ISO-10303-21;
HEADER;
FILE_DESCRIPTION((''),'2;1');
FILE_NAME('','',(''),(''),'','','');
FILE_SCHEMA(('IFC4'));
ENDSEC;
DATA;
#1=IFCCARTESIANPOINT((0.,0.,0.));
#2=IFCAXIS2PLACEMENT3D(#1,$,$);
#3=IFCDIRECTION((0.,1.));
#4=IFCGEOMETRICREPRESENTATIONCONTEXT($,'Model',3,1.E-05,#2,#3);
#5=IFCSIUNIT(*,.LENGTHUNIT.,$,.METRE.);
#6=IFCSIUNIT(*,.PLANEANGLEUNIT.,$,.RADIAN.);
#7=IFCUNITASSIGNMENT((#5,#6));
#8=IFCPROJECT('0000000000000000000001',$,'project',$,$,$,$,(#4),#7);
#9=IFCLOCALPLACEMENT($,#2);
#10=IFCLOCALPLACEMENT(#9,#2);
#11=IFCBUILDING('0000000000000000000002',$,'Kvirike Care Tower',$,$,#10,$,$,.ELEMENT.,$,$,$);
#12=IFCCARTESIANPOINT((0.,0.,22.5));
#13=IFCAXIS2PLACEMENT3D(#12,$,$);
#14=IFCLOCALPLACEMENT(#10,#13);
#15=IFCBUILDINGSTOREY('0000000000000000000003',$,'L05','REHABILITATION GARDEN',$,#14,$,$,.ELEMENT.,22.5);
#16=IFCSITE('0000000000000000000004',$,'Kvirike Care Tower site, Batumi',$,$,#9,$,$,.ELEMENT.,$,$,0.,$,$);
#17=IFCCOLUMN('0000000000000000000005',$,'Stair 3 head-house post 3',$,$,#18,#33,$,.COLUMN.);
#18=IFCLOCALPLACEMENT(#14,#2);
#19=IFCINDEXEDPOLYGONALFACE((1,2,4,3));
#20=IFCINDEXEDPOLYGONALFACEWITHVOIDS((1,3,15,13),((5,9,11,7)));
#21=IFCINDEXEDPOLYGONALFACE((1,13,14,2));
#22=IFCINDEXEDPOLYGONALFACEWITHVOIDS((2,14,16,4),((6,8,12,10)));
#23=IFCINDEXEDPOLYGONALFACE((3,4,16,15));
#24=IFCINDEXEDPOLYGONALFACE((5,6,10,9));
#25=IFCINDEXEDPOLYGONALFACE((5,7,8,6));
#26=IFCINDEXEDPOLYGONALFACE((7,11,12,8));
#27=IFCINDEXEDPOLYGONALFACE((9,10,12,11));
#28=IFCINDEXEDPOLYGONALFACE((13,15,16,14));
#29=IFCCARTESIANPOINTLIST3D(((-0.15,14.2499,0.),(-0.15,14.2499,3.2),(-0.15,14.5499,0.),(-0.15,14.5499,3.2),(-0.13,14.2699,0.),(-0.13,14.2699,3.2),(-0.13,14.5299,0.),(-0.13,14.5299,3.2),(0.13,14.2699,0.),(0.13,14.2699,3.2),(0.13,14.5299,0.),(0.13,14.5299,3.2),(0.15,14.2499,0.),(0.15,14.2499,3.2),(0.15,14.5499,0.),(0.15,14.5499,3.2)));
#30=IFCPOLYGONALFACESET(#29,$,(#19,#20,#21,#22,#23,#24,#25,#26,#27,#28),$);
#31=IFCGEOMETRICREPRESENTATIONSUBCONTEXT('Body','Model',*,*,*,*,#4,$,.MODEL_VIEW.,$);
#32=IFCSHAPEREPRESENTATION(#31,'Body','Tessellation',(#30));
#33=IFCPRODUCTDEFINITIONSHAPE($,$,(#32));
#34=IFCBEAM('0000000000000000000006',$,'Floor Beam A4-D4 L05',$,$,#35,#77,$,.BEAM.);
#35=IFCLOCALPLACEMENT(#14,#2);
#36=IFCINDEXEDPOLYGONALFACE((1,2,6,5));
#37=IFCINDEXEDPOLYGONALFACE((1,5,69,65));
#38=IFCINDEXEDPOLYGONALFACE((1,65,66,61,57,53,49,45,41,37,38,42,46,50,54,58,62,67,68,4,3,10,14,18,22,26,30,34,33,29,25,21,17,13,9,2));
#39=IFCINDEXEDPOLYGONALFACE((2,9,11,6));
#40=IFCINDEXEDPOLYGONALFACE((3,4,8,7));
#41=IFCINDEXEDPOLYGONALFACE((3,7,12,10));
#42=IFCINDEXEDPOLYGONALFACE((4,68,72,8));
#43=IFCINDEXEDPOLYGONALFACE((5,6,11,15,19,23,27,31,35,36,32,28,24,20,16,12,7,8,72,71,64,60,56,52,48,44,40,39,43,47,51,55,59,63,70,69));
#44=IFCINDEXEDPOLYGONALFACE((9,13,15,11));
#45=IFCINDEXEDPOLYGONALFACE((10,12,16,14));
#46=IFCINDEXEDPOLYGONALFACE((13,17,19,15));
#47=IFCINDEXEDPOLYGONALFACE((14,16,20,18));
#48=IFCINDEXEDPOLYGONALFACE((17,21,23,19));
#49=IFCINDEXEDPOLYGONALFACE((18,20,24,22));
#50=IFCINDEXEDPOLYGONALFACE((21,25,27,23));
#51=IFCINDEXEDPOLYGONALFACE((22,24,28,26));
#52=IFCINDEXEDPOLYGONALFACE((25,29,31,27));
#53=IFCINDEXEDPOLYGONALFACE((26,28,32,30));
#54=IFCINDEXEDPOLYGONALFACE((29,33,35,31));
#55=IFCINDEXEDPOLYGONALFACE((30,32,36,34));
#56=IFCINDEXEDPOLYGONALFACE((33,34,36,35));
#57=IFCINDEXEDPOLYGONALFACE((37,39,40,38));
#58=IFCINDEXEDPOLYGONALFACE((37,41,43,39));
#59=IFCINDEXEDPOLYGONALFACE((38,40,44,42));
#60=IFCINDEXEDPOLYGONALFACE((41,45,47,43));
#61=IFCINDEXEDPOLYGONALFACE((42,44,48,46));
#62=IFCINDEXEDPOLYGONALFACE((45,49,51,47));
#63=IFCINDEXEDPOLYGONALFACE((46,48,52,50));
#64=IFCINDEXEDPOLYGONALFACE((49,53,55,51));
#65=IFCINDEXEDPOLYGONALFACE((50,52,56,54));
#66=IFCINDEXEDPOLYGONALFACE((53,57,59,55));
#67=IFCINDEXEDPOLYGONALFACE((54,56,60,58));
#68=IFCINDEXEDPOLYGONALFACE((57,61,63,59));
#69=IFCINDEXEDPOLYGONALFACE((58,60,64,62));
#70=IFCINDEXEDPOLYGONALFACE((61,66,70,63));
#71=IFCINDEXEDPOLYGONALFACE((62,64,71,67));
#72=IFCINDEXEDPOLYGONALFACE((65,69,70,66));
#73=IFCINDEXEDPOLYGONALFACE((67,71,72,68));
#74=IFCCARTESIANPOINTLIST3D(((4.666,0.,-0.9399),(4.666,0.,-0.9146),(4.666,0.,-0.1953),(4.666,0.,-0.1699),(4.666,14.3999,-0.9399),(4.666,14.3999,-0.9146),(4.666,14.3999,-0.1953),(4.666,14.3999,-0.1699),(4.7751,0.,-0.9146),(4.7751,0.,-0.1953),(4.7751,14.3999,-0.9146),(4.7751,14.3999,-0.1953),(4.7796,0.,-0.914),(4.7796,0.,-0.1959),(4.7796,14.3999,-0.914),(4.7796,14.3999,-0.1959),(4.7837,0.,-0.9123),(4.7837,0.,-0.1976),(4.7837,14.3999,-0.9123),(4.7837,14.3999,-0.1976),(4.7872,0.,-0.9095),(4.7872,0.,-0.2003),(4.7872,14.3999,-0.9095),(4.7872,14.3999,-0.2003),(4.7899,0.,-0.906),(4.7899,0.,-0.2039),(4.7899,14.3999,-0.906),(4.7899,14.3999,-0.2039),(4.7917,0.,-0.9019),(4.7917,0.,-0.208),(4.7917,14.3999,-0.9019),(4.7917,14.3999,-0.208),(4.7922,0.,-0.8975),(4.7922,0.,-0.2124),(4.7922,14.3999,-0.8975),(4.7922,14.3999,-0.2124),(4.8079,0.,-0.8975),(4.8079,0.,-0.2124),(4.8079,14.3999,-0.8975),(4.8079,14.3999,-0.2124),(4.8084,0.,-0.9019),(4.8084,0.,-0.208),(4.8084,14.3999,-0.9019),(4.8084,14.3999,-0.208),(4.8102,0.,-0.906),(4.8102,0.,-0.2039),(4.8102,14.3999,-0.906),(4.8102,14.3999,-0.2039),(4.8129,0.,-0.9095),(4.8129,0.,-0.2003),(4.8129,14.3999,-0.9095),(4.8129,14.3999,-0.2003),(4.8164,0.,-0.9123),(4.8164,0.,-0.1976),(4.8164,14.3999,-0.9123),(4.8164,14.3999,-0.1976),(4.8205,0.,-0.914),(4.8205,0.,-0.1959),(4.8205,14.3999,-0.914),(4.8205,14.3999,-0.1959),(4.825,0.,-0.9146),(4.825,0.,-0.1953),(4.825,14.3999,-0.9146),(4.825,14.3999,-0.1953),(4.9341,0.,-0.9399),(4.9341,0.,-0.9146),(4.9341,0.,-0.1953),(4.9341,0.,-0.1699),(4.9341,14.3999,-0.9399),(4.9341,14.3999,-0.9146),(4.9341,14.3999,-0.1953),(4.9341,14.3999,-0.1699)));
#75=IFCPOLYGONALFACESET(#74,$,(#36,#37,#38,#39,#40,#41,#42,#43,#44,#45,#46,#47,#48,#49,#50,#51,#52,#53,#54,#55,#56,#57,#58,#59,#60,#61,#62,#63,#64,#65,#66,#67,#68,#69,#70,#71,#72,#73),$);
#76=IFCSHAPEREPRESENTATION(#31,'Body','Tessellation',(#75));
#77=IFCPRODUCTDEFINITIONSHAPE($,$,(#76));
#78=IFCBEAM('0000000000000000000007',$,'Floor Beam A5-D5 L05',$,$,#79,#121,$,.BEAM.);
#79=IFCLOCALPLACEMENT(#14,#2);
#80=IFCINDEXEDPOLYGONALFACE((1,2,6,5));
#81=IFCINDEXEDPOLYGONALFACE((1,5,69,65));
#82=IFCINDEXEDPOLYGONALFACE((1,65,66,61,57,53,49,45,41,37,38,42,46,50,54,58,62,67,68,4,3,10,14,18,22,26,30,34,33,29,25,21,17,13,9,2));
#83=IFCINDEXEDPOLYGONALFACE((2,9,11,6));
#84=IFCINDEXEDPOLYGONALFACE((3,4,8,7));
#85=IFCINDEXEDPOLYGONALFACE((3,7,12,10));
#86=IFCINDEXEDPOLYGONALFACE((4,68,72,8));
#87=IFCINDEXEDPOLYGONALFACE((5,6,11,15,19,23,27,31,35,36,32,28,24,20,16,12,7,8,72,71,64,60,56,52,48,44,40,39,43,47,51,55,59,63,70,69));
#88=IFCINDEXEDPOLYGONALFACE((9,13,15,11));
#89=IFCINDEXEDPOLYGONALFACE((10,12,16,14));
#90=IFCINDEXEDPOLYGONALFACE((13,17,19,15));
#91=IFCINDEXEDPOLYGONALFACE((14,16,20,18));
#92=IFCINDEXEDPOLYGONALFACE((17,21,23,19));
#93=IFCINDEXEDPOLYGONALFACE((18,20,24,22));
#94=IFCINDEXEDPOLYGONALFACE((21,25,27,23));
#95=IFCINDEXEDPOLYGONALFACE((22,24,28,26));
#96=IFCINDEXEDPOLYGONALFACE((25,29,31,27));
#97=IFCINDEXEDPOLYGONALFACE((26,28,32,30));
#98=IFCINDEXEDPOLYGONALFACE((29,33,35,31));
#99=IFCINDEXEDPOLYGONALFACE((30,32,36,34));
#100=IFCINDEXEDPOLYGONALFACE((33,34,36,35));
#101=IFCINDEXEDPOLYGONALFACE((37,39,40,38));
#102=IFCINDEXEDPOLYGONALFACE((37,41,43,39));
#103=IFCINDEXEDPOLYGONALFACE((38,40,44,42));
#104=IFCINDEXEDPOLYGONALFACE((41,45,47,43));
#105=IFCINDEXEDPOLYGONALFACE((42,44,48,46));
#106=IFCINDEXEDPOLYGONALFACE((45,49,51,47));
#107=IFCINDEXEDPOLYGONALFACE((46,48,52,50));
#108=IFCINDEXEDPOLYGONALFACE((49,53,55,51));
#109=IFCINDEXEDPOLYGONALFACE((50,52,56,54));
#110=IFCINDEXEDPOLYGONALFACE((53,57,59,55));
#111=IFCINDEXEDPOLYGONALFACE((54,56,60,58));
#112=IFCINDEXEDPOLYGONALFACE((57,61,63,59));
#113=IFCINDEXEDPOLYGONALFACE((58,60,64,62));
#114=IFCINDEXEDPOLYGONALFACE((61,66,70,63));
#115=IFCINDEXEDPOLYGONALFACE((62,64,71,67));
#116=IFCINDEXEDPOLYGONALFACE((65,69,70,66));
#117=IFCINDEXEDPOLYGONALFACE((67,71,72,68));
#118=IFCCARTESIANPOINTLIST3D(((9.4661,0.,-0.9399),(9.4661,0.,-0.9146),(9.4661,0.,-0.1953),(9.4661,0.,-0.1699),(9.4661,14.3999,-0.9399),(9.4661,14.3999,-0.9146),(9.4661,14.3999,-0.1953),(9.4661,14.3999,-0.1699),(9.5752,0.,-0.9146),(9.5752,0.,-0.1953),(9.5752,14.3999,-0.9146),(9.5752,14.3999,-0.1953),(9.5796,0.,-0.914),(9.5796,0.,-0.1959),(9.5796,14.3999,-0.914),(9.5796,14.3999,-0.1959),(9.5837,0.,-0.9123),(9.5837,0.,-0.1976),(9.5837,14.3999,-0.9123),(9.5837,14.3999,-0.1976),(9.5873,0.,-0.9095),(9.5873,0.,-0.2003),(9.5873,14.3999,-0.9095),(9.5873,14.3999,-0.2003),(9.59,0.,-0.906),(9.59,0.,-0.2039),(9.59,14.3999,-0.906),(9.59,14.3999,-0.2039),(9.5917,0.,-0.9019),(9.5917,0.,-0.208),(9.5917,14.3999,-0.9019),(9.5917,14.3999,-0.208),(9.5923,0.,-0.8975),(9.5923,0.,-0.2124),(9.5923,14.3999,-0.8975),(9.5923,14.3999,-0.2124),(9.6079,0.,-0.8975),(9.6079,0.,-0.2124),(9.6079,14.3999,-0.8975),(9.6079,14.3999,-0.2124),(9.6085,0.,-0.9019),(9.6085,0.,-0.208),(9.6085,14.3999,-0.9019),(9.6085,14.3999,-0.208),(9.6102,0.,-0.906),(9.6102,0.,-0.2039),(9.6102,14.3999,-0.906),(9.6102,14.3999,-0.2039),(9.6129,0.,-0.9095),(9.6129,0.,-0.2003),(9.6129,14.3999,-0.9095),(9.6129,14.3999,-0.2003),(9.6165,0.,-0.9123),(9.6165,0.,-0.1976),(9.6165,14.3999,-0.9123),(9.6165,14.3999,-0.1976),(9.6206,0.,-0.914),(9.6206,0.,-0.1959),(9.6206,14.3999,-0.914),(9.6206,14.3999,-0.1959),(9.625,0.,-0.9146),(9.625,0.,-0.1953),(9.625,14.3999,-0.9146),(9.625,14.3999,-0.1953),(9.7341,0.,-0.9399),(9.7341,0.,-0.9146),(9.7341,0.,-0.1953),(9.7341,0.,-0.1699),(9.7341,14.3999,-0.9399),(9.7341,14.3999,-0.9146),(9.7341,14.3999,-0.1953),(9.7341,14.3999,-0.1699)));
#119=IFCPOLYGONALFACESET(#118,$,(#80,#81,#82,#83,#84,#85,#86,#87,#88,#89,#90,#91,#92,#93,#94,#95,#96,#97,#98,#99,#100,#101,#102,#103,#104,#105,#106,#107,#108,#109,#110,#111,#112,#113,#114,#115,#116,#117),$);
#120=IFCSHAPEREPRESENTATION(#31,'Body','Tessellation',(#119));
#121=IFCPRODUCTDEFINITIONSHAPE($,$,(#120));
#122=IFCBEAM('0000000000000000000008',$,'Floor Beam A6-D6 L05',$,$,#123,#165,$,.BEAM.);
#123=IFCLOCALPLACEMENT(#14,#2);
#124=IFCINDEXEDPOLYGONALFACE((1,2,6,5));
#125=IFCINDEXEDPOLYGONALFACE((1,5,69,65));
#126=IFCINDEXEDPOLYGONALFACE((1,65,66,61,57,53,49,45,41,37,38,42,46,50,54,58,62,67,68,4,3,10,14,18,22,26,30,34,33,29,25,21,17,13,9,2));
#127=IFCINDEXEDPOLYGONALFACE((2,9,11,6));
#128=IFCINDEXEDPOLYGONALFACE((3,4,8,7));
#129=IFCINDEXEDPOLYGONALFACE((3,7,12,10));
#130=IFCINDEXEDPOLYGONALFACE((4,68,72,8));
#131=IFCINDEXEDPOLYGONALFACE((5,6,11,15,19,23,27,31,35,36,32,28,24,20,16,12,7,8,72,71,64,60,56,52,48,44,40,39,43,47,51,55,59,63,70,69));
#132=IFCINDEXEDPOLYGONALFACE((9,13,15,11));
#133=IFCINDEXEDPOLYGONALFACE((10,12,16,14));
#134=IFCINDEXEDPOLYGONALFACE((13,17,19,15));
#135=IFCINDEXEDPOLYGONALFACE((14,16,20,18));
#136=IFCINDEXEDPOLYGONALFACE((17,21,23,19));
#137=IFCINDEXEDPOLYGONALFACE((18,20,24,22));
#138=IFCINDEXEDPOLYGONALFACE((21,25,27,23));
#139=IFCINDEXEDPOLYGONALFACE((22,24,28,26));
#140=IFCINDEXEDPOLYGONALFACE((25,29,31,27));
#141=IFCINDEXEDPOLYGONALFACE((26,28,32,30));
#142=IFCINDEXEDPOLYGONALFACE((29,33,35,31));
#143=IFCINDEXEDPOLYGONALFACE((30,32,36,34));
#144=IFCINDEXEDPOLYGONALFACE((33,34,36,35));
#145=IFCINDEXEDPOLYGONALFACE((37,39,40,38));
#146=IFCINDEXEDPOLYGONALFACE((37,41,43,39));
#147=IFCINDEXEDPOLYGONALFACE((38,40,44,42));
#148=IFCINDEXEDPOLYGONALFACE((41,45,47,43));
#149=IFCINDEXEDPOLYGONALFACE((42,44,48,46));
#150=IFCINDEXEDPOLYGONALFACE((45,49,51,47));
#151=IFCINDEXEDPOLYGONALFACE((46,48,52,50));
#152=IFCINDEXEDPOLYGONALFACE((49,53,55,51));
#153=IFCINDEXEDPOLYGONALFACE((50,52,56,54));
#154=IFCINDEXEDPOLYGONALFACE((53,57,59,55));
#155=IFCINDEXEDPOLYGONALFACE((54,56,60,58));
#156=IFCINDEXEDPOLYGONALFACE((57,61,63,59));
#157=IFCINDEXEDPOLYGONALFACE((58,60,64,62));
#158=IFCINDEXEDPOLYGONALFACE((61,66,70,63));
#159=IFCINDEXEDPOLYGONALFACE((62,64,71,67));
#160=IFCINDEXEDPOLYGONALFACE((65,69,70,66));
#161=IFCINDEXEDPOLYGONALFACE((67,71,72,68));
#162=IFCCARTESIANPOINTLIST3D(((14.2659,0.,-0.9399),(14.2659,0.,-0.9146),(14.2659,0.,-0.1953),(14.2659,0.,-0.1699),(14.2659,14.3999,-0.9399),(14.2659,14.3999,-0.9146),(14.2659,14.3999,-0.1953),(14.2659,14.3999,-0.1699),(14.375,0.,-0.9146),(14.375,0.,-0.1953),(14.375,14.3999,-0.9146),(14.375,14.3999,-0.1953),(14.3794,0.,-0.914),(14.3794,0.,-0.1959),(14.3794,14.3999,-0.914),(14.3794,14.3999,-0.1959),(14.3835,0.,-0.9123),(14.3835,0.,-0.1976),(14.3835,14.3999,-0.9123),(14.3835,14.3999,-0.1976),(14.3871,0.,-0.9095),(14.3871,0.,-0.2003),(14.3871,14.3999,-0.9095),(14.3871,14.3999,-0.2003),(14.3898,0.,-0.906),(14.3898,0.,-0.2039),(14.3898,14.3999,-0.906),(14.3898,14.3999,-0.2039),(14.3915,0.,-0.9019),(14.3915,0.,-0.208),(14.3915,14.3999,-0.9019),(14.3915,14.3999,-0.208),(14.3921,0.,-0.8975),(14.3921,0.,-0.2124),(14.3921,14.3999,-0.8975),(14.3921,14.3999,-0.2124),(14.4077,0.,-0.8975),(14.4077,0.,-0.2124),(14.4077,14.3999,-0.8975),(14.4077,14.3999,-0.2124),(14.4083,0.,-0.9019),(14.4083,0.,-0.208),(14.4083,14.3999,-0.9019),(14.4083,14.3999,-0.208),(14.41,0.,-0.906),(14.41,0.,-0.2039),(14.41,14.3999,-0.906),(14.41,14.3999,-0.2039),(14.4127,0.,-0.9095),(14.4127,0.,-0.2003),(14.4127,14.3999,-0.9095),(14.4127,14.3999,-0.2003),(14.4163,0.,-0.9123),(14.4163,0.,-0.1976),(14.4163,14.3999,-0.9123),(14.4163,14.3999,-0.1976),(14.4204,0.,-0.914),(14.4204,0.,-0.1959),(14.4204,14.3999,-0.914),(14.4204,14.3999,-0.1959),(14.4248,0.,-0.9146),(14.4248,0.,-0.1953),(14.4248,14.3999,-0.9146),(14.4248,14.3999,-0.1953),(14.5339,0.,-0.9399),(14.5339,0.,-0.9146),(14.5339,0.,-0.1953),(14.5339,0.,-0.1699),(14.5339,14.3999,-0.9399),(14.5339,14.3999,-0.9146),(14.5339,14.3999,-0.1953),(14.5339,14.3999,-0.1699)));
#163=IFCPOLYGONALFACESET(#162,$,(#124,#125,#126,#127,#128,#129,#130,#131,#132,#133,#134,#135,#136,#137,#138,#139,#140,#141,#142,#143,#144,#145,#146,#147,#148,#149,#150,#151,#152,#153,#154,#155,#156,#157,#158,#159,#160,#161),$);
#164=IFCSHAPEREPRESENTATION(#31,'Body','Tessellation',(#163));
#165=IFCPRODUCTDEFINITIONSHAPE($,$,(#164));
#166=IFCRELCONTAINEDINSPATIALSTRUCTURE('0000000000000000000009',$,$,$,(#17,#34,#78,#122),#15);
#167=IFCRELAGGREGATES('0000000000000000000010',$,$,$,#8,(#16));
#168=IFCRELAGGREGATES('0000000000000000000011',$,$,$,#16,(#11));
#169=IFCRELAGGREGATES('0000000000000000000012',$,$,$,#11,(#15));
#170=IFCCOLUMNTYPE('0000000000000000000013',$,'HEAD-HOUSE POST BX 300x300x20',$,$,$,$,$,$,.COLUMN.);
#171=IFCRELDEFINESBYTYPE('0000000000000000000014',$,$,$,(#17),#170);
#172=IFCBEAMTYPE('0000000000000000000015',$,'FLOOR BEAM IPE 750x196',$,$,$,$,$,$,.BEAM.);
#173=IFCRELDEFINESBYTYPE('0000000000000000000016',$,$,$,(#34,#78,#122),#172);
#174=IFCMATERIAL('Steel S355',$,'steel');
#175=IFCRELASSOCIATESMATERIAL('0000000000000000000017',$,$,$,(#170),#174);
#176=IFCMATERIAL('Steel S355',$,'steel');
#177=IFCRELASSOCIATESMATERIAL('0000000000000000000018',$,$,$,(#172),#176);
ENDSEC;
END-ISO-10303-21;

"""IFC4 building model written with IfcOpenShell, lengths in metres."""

from ifc_helpers import new_model, si_unit, direction, frame, origin, origin_2d, place, context, subcontext, project, spatial, hollow_rectangle, i_section, extrude, material, material_profile, profile_set, type_object, element, save


model = new_model("IFC4")

# Units and contexts
model_context = context("Model", 3, precision=1e-05, world=origin(), true_north=direction((0.0, 1.0)))
body_context = subcontext(model_context, "Body", "Model", "MODEL_VIEW")
ifc_project = project(units=[si_unit("LENGTHUNIT", "METRE"), si_unit("PLANEANGLEUNIT", "RADIAN")], contexts=[model_context])

# Site, building, storey
site_placement = place(None, origin())
site = spatial("IfcSite", under=ifc_project, at=site_placement, Name="Kvirike Care Tower site, Batumi", CompositionType="ELEMENT", RefElevation=0.0)
building_placement = place(site_placement, origin())
building = spatial("IfcBuilding", under=site, at=building_placement, Name="Kvirike Care Tower", CompositionType="ELEMENT")
storey_placement = place(building_placement, frame((0.0, 0.0, 22.5)))
storey = spatial("IfcBuildingStorey", under=building, at=storey_placement, Name="L05", Description="REHABILITATION GARDEN", CompositionType="ELEMENT", Elevation=22.5)

# Column
ifc_material_1 = material(Name="Steel S355", Category="steel")
ifc_material_profile_1 = material_profile(ifc_material_1, hollow_rectangle(XDim=0.3, YDim=0.3, WallThickness=0.02, at=origin_2d()), Name="BX 300x300x20")
ifc_profile_set_1 = profile_set([ifc_material_profile_1], Name="Steel S355")
column_type = type_object("IfcColumnType", Name="HEAD-HOUSE POST BX 300x300x20", PredefinedType="COLUMN", material=ifc_profile_set_1)
column_placement = place(storey_placement, frame((0.0, 14.3999, 0.0), z_axis=(0.0, 0.0, 1.0), x_axis=(1.0, 0.0, 0.0)))
element("IfcColumn", 1, at=column_placement, inside=storey, type_object=column_type, Name="Stair 3 head-house post 3", PredefinedType="COLUMN", context=body_context, shape_type="SweptSolid", body=[
    extrude(hollow_rectangle(XDim=0.3, YDim=0.3, WallThickness=0.02, at=origin_2d()), origin(), (0.0, 0.0, 1.0), 3.2),
])

# Beams
ifc_material_2 = material(Name="Steel S355", Category="steel")
ifc_material_profile_2 = material_profile(ifc_material_2, i_section(OverallWidth=0.2681, OverallDepth=0.77, WebThickness=0.0156, FlangeThickness=0.0254, FilletRadius=0.0171, at=origin_2d()), Name="IPE 750x196")
ifc_profile_set_2 = profile_set([ifc_material_profile_2], Name="Steel S355")
beam_type_1 = type_object("IfcBeamType", Name="FLOOR BEAM IPE 750x196", PredefinedType="BEAM", material=ifc_profile_set_2)
for number, where, z_axis, x_axis, name in (
    (2, (4.8, 0.0, -0.5549), (0.0, 1.0, 0.0), (-1.0, 0.0, 0.0), "Floor Beam A4-D4 L05"),
    (3, (9.6001, 0.0, -0.5549), (0.0, 1.0, 0.0), (-1.0, 0.0, 0.0), "Floor Beam A5-D5 L05"),
    (4, (14.3999, 0.0, -0.5549), (0.0, 1.0, 0.0), (-1.0, 0.0, 0.0), "Floor Beam A6-D6 L05"),
):
    element("IfcBeam", number, at=place(storey_placement, frame(where, z_axis=z_axis, x_axis=x_axis)), inside=storey, type_object=beam_type_1, Name=name, PredefinedType="BEAM", context=body_context, shape_type="SweptSolid", body=[
        extrude(i_section(OverallWidth=0.2681, OverallDepth=0.77, WebThickness=0.0156, FlangeThickness=0.0254, FilletRadius=0.0171, at=origin_2d()), origin(), (0.0, 0.0, 1.0), 14.3999),
    ])

save(model, "model.ifc")
